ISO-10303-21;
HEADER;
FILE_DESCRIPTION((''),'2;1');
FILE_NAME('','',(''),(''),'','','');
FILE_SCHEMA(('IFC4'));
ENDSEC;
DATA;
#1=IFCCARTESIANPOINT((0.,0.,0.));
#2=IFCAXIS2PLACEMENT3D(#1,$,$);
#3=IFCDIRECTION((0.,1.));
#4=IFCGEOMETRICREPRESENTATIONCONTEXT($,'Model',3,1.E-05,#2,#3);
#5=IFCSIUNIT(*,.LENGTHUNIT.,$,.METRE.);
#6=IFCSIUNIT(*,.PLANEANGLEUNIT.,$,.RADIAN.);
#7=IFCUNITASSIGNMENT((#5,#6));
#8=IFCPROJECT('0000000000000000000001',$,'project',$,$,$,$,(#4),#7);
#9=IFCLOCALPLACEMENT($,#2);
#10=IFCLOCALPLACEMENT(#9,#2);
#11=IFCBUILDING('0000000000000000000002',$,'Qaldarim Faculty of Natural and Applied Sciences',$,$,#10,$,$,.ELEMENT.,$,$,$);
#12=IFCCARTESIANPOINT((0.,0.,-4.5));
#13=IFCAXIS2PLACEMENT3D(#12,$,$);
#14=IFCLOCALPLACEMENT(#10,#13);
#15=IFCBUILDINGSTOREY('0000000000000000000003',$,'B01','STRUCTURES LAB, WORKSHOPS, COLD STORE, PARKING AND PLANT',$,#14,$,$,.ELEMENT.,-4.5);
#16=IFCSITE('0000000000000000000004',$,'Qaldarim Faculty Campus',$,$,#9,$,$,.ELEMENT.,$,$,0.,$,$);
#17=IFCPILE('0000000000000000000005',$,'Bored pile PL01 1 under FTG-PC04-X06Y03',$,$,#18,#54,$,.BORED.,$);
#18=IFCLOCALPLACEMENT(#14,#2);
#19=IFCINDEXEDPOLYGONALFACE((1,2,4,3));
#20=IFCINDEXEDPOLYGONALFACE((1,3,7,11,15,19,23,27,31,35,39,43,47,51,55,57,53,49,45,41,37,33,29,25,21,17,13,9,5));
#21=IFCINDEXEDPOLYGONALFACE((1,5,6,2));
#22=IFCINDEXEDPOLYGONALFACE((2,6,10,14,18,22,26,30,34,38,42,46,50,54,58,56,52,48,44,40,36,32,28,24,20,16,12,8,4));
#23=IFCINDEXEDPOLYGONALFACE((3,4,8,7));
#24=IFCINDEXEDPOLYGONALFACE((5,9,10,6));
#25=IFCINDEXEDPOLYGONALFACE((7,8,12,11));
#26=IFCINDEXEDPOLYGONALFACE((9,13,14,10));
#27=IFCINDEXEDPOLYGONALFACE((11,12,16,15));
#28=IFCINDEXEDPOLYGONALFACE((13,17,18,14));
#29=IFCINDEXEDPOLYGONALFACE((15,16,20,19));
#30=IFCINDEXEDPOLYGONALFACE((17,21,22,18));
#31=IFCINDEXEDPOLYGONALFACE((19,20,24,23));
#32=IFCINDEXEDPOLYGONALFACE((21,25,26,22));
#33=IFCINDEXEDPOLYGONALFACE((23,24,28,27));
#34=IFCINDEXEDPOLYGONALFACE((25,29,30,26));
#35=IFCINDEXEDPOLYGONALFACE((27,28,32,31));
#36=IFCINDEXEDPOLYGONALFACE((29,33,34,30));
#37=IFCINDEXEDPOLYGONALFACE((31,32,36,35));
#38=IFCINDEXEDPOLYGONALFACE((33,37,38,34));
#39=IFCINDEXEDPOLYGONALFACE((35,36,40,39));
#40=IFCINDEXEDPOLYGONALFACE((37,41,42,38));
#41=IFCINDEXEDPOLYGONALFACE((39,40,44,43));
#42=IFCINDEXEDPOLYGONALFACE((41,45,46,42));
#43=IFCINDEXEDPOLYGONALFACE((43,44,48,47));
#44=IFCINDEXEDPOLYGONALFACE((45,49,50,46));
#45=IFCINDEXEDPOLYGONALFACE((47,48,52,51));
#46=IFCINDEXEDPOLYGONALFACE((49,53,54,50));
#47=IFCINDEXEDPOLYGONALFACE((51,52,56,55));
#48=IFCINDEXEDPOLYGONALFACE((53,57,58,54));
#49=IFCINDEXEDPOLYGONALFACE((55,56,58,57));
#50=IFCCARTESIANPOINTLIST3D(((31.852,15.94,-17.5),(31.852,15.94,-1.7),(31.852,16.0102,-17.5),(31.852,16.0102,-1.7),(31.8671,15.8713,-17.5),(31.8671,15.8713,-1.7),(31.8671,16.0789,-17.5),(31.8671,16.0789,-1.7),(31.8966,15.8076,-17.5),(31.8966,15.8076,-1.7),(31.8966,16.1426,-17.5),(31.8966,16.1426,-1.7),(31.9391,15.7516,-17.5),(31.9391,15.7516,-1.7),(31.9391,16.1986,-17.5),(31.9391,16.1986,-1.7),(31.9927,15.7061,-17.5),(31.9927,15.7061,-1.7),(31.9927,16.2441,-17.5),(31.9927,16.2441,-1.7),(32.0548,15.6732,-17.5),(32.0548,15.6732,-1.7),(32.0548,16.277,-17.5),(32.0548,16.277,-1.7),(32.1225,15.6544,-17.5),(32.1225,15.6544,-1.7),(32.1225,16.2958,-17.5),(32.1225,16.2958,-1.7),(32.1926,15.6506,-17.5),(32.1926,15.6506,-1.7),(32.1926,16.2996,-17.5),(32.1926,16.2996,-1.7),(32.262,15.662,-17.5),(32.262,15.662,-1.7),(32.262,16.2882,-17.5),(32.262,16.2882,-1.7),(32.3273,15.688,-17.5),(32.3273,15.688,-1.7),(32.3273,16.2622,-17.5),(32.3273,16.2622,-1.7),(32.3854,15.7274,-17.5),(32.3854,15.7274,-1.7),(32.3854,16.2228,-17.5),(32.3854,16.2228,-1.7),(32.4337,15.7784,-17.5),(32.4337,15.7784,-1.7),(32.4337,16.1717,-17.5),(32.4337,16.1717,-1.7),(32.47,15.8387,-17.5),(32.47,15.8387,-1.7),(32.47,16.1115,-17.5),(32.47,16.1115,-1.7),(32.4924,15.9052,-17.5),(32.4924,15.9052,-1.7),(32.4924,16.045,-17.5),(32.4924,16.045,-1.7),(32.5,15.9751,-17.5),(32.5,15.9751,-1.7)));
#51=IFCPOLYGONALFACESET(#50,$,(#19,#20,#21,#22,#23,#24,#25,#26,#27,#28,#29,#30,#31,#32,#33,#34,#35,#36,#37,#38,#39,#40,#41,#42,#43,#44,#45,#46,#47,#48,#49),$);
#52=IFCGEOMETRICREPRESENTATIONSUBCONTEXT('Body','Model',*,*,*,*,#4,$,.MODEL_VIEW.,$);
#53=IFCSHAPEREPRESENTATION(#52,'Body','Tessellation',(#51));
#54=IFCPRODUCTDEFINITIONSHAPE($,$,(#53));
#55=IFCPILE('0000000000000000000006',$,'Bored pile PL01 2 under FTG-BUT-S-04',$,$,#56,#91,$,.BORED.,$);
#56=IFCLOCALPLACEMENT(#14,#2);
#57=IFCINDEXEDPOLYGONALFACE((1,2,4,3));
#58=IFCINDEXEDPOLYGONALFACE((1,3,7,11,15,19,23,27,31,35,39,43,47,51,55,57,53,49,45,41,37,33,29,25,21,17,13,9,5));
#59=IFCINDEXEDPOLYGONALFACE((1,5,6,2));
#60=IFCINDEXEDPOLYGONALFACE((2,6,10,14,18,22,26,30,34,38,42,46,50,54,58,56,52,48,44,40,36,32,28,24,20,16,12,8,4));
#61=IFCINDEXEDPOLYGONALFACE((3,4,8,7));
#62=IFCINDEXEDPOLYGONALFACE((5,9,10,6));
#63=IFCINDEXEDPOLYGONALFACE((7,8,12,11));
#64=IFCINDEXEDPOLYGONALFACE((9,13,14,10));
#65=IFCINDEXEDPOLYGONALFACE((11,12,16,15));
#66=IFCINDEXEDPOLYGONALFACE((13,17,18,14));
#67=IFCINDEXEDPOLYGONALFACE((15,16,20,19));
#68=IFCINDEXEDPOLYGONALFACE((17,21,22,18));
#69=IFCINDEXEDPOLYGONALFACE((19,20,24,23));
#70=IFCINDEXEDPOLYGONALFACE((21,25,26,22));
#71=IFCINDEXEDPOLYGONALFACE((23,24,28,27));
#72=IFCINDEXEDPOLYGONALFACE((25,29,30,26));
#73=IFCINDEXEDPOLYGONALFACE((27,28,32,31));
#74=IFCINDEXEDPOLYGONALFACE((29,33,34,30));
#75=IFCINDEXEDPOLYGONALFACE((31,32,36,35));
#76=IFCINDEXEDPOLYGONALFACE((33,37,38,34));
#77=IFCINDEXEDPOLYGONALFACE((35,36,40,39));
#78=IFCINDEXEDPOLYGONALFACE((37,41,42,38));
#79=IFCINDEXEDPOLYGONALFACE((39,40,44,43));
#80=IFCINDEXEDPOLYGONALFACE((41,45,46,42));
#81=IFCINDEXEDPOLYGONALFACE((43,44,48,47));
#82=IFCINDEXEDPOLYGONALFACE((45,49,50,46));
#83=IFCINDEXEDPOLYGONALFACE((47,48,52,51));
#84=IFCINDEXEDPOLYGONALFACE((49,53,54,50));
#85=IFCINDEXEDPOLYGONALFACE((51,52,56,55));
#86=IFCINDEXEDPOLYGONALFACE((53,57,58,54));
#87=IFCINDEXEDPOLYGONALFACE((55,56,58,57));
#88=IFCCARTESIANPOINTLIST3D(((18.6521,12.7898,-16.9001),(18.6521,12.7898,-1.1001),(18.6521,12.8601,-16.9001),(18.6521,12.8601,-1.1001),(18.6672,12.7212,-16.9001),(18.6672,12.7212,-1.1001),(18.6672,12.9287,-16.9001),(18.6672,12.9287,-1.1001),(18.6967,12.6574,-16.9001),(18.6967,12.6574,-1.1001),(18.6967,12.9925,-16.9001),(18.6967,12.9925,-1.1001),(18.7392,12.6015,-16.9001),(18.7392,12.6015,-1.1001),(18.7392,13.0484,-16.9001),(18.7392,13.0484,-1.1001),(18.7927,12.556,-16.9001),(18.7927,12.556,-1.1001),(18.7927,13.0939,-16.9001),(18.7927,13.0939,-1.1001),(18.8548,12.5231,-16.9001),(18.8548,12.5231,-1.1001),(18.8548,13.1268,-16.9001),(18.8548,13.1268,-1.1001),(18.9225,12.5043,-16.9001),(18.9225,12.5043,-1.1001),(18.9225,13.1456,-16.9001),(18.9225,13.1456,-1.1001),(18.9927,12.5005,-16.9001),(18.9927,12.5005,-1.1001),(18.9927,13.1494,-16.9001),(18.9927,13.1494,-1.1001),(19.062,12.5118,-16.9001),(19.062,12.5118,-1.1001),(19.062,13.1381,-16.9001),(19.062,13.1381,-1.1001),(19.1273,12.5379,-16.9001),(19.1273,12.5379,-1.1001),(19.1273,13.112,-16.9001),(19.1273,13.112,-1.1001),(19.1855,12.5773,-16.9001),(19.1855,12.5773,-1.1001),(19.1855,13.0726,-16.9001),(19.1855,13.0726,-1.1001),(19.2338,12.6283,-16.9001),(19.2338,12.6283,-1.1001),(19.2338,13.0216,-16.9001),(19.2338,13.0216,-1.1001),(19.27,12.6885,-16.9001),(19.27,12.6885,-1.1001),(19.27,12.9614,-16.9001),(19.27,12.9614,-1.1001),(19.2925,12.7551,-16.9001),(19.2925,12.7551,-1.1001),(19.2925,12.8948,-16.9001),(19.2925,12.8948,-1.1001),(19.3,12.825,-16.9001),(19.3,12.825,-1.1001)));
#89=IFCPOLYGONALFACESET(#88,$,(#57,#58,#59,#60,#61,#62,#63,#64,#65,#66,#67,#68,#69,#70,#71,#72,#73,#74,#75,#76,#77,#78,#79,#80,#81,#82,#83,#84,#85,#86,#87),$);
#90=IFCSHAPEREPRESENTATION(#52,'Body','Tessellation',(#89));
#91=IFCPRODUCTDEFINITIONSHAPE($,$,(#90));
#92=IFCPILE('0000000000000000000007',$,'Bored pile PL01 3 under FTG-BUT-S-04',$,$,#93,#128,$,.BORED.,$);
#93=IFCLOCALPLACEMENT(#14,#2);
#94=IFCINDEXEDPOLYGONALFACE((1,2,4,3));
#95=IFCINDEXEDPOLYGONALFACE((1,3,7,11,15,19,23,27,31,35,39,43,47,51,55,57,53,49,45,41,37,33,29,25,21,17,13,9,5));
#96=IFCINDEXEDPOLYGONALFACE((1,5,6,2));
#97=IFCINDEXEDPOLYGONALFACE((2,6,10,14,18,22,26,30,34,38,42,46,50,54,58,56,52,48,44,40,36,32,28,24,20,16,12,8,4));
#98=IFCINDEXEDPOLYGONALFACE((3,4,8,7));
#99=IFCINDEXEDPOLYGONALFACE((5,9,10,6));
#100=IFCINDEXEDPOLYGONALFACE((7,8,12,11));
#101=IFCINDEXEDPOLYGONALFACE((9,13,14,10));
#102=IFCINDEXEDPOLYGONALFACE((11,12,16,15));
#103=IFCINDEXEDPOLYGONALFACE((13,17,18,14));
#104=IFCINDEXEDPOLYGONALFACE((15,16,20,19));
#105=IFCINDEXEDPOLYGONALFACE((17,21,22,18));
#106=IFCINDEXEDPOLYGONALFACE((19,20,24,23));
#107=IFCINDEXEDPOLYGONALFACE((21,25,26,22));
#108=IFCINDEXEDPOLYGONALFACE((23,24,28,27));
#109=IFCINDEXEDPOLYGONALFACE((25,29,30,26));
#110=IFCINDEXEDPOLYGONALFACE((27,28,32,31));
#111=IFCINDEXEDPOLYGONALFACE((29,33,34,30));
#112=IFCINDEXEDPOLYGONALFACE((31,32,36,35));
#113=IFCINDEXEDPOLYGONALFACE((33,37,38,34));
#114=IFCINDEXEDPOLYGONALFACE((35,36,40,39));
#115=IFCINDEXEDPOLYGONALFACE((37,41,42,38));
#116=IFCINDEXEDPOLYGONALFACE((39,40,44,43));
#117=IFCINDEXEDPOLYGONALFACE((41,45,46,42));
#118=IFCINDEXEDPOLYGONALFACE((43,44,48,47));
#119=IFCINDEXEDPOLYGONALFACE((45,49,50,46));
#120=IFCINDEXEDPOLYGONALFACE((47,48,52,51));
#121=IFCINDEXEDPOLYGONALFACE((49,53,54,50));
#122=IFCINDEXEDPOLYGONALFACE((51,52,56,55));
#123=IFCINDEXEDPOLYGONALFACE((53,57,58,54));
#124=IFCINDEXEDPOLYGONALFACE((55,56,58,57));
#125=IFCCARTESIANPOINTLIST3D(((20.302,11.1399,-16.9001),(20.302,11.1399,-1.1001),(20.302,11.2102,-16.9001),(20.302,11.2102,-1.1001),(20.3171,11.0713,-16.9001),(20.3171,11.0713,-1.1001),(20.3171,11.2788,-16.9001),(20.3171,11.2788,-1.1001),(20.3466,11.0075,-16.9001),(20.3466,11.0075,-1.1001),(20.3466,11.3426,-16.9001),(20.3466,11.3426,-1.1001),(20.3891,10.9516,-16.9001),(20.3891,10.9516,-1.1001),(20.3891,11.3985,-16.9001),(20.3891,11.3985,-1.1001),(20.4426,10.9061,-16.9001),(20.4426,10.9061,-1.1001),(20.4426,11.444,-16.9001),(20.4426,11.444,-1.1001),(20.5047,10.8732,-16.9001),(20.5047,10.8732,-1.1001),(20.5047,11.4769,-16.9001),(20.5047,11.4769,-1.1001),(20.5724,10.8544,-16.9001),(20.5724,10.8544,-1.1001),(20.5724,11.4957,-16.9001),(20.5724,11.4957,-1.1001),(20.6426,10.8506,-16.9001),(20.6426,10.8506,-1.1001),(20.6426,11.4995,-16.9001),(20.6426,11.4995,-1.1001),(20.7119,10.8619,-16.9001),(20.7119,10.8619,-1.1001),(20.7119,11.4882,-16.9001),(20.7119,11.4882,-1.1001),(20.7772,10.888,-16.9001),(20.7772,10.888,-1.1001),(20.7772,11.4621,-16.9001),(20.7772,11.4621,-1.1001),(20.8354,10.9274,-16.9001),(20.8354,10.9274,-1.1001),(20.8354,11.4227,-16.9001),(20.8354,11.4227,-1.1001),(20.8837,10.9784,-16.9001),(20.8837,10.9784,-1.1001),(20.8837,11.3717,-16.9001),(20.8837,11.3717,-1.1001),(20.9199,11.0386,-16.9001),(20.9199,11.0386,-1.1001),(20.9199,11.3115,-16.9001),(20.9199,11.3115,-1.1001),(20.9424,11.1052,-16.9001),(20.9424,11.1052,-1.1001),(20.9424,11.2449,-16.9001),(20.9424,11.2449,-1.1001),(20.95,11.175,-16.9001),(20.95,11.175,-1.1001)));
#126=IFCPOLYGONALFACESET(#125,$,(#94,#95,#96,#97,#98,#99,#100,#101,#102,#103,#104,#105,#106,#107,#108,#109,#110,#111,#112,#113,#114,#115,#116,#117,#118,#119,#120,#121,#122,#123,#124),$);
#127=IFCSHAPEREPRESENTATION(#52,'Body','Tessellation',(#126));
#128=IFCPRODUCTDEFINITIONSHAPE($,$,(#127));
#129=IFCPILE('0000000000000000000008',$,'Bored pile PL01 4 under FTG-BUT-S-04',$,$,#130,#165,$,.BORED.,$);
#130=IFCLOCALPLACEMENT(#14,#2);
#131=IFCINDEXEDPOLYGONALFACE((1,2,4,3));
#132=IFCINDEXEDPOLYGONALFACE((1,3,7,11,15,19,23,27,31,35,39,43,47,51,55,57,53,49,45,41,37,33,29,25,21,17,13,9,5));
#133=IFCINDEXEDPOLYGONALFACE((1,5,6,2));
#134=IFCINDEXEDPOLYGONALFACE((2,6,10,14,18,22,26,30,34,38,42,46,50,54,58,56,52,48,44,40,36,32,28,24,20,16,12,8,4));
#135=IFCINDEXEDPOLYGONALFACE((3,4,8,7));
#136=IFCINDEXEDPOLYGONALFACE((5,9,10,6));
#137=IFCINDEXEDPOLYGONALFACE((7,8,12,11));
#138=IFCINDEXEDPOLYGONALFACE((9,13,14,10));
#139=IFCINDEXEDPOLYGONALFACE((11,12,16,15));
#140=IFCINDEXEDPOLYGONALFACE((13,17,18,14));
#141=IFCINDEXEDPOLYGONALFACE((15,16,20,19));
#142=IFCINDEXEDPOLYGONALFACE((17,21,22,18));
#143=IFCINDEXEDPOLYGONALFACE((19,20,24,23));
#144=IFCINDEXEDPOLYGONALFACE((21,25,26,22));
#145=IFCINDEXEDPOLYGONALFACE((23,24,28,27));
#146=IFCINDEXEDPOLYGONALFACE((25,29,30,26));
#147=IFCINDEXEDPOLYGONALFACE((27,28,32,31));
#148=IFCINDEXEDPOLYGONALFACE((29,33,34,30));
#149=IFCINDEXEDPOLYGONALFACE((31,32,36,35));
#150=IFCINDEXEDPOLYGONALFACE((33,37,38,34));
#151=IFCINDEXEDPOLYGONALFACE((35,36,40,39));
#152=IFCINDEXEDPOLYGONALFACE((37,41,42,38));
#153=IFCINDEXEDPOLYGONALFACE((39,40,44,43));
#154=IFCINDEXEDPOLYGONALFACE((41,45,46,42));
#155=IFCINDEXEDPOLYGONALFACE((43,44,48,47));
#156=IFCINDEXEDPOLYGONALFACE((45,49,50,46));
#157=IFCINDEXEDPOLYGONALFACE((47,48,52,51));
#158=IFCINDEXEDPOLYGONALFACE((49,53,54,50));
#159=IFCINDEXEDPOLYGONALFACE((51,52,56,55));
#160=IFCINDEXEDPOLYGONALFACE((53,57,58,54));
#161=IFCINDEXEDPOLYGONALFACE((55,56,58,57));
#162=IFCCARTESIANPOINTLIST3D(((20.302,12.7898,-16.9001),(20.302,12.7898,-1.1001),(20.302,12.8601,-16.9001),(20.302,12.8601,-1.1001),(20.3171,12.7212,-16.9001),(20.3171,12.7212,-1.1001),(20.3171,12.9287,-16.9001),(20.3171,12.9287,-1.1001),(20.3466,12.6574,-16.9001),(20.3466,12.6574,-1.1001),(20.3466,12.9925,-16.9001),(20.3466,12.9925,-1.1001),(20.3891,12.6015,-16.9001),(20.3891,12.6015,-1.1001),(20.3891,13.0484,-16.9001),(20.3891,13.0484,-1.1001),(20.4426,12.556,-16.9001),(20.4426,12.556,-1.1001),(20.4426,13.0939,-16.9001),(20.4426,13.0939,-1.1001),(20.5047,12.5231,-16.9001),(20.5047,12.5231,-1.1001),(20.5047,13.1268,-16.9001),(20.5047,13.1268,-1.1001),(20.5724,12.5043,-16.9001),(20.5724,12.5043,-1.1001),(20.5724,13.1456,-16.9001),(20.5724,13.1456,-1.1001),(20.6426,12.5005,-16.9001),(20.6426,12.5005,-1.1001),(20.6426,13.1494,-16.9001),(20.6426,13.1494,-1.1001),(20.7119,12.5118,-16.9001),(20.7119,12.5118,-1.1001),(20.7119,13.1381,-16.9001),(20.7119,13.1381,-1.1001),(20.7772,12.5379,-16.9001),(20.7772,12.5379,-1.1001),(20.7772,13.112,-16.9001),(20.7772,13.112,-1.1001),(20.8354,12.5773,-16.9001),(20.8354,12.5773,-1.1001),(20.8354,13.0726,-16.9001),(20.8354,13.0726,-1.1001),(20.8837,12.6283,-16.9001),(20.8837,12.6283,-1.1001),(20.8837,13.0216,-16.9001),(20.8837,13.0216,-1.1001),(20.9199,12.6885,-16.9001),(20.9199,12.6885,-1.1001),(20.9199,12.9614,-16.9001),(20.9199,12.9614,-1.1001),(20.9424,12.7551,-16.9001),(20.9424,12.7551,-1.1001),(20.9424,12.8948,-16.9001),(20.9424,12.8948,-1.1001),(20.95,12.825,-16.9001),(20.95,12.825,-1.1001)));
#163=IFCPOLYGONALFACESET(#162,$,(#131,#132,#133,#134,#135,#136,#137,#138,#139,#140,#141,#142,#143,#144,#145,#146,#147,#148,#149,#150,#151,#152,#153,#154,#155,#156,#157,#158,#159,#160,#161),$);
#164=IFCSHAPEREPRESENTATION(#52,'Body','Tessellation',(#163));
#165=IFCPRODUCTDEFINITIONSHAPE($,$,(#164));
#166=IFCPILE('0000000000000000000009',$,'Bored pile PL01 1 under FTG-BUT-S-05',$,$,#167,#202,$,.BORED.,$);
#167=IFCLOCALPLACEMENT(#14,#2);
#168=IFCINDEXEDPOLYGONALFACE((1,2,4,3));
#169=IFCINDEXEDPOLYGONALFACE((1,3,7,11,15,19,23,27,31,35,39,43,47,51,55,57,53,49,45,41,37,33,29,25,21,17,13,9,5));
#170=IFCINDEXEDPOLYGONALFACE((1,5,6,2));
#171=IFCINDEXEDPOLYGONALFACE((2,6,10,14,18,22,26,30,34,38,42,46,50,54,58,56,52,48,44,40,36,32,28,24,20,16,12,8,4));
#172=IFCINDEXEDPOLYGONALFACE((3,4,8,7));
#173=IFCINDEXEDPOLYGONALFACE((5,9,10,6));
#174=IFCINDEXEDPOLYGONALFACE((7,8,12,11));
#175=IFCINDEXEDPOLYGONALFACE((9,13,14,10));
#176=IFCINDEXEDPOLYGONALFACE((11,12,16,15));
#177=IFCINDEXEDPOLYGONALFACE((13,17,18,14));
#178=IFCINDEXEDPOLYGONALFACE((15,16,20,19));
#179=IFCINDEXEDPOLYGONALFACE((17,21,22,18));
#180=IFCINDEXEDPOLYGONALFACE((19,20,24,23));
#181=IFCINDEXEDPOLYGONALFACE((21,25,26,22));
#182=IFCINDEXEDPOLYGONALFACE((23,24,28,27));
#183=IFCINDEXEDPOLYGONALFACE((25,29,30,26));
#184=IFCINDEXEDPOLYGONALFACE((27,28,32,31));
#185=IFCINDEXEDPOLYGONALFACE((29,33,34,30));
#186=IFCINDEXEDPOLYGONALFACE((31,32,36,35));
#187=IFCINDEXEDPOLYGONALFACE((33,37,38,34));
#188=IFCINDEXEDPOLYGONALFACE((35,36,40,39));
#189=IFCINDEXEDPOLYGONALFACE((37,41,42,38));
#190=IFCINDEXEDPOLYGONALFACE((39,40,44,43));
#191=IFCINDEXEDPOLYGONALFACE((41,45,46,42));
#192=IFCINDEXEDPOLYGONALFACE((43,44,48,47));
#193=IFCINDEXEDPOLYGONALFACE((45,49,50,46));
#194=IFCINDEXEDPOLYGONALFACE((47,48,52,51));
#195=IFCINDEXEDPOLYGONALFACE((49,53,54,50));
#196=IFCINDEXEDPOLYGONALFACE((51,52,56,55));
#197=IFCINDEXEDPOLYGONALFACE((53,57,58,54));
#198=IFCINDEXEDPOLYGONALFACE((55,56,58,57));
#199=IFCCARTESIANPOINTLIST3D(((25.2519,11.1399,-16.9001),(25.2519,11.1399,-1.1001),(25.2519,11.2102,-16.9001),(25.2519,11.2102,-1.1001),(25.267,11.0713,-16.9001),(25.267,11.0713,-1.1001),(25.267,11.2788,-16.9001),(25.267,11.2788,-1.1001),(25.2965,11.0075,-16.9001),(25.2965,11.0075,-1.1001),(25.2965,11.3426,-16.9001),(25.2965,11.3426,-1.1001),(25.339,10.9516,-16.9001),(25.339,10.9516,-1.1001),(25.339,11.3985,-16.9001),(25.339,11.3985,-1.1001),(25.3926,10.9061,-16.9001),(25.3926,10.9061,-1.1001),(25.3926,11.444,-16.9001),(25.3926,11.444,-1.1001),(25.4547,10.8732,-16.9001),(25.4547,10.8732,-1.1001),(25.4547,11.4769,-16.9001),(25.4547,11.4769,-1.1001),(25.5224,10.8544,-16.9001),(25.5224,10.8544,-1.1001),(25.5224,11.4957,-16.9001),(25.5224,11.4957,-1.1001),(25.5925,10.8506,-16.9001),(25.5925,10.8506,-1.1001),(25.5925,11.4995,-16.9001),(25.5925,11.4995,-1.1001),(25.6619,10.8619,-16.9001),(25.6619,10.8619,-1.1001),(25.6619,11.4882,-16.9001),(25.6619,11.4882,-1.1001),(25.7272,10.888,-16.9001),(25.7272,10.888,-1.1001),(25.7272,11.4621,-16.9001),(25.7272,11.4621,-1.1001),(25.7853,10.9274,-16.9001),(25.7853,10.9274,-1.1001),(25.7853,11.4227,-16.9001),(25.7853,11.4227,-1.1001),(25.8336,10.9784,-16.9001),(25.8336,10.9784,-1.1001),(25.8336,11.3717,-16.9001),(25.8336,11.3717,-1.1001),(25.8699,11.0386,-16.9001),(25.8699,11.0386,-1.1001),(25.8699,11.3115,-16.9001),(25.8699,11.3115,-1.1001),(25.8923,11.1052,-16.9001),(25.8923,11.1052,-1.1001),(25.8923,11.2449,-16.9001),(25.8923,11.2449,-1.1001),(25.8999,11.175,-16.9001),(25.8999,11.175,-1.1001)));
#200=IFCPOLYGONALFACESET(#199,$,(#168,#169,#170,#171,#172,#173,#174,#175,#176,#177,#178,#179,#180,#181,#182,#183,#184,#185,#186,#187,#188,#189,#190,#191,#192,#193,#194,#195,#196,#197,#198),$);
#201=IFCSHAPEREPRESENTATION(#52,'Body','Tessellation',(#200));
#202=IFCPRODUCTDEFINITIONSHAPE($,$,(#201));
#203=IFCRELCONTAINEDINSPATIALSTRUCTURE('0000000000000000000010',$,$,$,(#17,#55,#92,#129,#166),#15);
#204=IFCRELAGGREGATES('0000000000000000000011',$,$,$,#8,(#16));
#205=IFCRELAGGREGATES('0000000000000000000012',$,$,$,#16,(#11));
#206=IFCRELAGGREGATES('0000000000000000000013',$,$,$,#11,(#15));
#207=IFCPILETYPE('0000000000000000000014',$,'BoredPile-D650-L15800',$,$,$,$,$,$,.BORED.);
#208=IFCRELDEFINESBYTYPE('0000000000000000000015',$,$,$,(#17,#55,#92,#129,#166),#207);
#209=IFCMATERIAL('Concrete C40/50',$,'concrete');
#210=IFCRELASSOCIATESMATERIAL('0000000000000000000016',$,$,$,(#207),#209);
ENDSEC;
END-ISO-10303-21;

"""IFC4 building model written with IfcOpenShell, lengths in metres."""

from ifc_helpers import new_model, si_unit, direction, frame, origin, origin_2d, place, context, subcontext, project, spatial, circle, extrude, material, material_profile, profile_set, type_object, element, save


model = new_model("IFC4")

# Units and contexts
model_context = context("Model", 3, precision=1e-05, world=origin(), true_north=direction((0.0, 1.0)))
body_context = subcontext(model_context, "Body", "Model", "MODEL_VIEW")
ifc_project = project(units=[si_unit("LENGTHUNIT", "METRE"), si_unit("PLANEANGLEUNIT", "RADIAN")], contexts=[model_context])

# Site, building, storey
site_placement = place(None, origin())
site = spatial("IfcSite", under=ifc_project, at=site_placement, Name="Qaldarim Faculty Campus", CompositionType="ELEMENT", RefElevation=0.0)
building_placement = place(site_placement, origin())
building = spatial("IfcBuilding", under=site, at=building_placement, Name="Qaldarim Faculty of Natural and Applied Sciences", CompositionType="ELEMENT")
storey_placement = place(building_placement, frame((0.0, 0.0, -4.5)))
storey = spatial("IfcBuildingStorey", under=building, at=storey_placement, Name="B01", Description="STRUCTURES LAB, WORKSHOPS, COLD STORE, PARKING AND PLANT", CompositionType="ELEMENT", Elevation=-4.5)

# Piles
ifc_material_1 = material(Name="Concrete C40/50", Category="concrete")
ifc_material_profile_1 = material_profile(ifc_material_1, circle(Radius=0.325, at=origin_2d()), Name="PILE-D650")
ifc_profile_set_1 = profile_set([ifc_material_profile_1], Name="Concrete C40/50")
pile_type_1 = type_object("IfcPileType", Name="BoredPile-D650-L15800", PredefinedType="BORED", material=ifc_profile_set_1)
for number, where, z_axis, x_axis, name in (
    (1, (32.175, 15.9751, -1.7), (0.0, 0.0, -1.0), (1.0, 0.0, 0.0), "Bored pile PL01 1 under FTG-PC04-X06Y03"),
    (2, (18.9751, 12.825, -1.1001), (0.0, 0.0, -1.0), (1.0, 0.0, 0.0), "Bored pile PL01 2 under FTG-BUT-S-04"),
    (3, (20.625, 11.175, -1.1001), (0.0, 0.0, -1.0), (1.0, 0.0, 0.0), "Bored pile PL01 3 under FTG-BUT-S-04"),
    (4, (20.625, 12.825, -1.1001), (0.0, 0.0, -1.0), (1.0, 0.0, 0.0), "Bored pile PL01 4 under FTG-BUT-S-04"),
    (5, (25.575, 11.175, -1.1001), (0.0, 0.0, -1.0), (1.0, 0.0, 0.0), "Bored pile PL01 1 under FTG-BUT-S-05"),
):
    element("IfcPile", number, at=place(storey_placement, frame(where, z_axis=z_axis, x_axis=x_axis)), inside=storey, type_object=pile_type_1, Name=name, PredefinedType="BORED", context=body_context, shape_type="SweptSolid", body=[
        extrude(circle(Radius=0.325, at=origin_2d()), origin(), (0.0, 0.0, 1.0), 15.8),
    ])

save(model, "model.ifc")
